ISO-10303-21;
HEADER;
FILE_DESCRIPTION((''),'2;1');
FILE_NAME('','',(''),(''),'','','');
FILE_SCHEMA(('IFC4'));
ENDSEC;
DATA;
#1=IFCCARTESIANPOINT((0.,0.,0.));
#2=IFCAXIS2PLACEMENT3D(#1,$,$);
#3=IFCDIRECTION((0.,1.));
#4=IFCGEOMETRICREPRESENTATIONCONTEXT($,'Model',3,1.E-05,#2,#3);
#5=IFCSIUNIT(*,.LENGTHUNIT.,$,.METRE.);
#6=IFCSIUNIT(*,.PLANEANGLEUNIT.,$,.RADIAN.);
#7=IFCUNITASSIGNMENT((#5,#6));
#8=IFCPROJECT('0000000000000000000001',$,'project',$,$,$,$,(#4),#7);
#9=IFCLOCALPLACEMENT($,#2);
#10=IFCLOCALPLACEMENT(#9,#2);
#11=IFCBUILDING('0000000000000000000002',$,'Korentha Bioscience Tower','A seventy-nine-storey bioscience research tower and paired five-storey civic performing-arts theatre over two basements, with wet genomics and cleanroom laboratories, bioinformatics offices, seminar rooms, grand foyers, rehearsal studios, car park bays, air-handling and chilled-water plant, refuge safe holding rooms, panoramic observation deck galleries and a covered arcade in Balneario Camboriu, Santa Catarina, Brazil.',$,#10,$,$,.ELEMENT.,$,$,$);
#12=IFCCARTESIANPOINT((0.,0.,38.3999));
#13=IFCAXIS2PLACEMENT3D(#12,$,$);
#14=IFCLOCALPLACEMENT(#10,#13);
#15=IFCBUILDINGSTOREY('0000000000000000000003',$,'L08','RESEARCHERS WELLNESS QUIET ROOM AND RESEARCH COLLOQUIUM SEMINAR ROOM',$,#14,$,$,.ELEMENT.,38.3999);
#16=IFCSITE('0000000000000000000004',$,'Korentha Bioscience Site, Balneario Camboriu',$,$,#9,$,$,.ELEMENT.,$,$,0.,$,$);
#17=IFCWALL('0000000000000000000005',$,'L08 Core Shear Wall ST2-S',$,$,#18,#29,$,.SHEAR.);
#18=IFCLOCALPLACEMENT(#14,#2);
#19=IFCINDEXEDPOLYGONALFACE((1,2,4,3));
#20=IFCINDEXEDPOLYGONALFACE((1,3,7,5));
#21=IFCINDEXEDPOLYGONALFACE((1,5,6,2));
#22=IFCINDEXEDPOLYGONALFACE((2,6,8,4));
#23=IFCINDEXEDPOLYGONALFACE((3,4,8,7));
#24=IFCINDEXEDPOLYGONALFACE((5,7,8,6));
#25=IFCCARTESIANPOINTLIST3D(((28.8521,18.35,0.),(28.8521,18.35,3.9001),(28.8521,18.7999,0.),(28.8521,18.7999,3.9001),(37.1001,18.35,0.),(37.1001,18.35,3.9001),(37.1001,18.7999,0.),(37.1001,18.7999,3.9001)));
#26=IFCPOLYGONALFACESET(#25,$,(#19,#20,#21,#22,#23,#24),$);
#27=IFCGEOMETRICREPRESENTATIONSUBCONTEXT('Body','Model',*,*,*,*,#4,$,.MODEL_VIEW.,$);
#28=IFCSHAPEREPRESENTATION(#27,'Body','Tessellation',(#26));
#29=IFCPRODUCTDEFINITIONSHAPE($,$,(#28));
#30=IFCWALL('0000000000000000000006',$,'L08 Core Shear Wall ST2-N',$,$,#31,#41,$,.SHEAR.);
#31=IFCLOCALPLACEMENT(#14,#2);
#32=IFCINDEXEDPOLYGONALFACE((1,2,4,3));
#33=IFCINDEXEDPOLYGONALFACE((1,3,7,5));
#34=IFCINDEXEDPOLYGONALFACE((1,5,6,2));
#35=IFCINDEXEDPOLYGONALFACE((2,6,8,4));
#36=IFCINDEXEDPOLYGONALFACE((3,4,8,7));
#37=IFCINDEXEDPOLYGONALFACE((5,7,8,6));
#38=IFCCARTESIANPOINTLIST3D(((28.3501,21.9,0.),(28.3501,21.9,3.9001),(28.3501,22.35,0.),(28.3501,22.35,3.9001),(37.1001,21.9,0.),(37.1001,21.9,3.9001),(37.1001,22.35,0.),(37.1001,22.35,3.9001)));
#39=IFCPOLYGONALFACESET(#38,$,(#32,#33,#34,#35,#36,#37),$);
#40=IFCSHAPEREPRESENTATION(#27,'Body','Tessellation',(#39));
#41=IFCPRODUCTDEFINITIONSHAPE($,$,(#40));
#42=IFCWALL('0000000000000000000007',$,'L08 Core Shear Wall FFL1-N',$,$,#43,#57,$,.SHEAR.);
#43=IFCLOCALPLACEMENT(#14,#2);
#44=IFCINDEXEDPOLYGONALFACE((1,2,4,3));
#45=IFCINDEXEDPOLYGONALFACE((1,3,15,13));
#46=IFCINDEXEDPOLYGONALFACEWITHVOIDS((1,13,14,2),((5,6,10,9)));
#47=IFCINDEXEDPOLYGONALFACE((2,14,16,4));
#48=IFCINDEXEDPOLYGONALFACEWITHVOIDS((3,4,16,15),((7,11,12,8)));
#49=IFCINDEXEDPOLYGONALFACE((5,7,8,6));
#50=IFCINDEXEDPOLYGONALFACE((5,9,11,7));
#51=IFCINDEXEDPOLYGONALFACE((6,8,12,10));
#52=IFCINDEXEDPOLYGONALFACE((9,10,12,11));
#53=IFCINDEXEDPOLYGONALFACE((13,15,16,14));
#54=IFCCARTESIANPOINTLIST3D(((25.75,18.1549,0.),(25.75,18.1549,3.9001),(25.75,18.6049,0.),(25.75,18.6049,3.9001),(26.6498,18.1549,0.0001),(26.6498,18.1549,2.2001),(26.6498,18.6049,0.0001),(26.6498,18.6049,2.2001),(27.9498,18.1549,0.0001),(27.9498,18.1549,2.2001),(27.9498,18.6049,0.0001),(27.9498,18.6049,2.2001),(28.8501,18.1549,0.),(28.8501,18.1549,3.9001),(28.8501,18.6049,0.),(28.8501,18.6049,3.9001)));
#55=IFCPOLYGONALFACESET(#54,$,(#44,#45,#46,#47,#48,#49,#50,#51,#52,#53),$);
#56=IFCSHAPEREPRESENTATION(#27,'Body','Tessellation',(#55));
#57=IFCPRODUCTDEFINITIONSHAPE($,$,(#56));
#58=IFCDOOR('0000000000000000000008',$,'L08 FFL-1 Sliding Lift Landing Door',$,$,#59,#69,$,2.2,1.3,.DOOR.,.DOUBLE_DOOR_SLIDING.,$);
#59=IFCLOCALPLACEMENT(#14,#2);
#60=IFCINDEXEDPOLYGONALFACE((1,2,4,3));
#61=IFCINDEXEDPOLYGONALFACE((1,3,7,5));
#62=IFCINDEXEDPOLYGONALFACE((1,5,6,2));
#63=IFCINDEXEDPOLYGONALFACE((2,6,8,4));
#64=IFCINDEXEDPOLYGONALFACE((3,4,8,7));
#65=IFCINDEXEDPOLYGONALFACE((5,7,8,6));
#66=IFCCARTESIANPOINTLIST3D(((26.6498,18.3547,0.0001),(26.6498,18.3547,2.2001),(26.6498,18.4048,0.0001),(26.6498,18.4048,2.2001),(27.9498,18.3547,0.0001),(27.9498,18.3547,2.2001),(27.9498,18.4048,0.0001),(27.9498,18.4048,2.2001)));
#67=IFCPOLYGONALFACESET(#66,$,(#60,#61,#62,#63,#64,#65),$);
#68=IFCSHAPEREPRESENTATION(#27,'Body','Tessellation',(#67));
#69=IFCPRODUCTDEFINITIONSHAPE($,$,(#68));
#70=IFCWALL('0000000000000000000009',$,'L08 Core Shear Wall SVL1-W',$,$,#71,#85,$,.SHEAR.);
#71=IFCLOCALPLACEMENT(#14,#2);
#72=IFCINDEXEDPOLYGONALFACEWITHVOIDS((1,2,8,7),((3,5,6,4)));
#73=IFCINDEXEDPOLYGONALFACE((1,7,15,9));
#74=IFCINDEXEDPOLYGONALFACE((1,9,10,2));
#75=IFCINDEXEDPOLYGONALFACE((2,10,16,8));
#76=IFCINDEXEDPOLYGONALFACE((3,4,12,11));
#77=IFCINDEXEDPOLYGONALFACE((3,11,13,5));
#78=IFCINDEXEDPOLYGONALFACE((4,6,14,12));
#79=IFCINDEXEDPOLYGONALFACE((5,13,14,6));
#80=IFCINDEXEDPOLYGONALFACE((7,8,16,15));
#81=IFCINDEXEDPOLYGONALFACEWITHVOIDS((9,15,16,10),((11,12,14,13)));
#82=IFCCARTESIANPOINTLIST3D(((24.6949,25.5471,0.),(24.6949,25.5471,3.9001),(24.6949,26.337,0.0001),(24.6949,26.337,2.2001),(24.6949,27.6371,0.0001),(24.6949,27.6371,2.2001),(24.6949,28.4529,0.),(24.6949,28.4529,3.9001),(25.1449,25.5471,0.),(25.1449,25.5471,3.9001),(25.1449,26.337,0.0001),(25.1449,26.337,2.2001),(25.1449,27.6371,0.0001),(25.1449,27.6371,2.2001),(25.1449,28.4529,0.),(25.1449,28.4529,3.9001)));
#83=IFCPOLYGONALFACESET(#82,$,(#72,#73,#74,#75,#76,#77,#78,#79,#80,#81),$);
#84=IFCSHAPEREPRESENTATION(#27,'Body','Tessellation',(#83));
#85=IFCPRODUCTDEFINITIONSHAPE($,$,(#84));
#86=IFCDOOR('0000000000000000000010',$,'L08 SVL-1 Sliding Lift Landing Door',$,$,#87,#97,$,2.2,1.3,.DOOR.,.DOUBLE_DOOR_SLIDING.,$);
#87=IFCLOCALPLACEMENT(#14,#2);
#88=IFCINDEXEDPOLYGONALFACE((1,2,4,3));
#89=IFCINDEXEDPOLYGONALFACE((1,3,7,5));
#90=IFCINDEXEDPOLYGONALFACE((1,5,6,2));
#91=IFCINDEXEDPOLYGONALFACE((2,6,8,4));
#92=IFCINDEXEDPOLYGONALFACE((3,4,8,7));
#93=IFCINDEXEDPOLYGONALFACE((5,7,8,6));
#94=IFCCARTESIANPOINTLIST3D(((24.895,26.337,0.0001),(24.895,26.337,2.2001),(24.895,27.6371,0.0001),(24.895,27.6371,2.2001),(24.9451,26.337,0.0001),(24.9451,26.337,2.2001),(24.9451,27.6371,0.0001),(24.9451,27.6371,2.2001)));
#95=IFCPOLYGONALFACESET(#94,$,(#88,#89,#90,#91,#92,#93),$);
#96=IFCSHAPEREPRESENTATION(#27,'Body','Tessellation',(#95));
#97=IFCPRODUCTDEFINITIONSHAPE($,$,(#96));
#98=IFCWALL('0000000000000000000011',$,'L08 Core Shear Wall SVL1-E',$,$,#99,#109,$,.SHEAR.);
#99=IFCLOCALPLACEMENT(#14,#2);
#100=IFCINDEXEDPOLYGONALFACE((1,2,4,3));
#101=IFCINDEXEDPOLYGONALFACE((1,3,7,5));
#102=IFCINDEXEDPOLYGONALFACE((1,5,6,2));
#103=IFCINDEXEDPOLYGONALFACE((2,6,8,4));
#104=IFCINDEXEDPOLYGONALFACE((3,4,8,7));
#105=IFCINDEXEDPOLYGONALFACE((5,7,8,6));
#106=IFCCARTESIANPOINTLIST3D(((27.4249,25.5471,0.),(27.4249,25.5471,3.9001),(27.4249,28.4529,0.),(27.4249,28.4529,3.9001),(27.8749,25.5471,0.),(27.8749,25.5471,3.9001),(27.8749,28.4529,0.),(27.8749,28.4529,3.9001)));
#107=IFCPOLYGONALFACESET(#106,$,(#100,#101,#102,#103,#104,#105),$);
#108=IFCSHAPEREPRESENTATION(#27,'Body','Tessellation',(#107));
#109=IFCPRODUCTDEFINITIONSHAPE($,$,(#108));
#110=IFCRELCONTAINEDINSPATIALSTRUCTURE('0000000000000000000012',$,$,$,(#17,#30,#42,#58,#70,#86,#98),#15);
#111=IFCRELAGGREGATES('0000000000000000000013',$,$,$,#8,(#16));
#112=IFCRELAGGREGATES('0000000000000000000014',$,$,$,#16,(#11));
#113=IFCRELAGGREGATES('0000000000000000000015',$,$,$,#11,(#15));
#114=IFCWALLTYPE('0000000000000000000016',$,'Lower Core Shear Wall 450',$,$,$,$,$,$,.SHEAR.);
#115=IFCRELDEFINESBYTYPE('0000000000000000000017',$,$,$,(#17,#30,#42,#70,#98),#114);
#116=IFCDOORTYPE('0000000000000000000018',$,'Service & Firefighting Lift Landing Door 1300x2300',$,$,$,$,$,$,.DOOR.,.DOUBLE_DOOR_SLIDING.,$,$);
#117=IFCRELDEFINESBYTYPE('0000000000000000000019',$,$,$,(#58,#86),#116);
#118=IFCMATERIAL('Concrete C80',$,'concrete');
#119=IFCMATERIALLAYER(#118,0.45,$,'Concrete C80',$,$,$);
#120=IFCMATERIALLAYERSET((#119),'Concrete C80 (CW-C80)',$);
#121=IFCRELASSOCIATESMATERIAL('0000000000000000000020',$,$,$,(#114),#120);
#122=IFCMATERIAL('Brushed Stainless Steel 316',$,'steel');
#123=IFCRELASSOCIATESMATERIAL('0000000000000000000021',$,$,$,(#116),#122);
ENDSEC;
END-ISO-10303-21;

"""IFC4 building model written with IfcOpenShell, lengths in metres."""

from ifc_helpers import new_model, si_unit, direction, frame, frame_2d, origin, place, context, subcontext, project, spatial, rectangle, extrude, material, layer, layer_set, type_object, element, fill, save


model = new_model("IFC4")

# Units and contexts
model_context = context("Model", 3, precision=1e-05, world=origin(), true_north=direction((0.0, 1.0)))
body_context = subcontext(model_context, "Body", "Model", "MODEL_VIEW")
ifc_project = project(units=[si_unit("LENGTHUNIT", "METRE"), si_unit("PLANEANGLEUNIT", "RADIAN")], contexts=[model_context])

# Site, building, storey
site_placement = place(None, origin())
site = spatial("IfcSite", under=ifc_project, at=site_placement, Name="Korentha Bioscience Site, Balneario Camboriu", CompositionType="ELEMENT", RefElevation=0.0)
building_placement = place(site_placement, origin())
building = spatial("IfcBuilding", under=site, at=building_placement, Name="Korentha Bioscience Tower", Description="A seventy-nine-storey bioscience research tower and paired five-storey civic performing-arts theatre over two basements, with wet genomics and cleanroom laboratories, bioinformatics offices, seminar rooms, grand foyers, rehearsal studios, car park bays, air-handling and chilled-water plant, refuge safe holding rooms, panoramic observation deck galleries and a covered arcade in Balneario Camboriu, Santa Catarina, Brazil.", CompositionType="ELEMENT")
storey_placement = place(building_placement, frame((0.0, 0.0, 38.3999)))
storey = spatial("IfcBuildingStorey", under=building, at=storey_placement, Name="L08", Description="RESEARCHERS WELLNESS QUIET ROOM AND RESEARCH COLLOQUIUM SEMINAR ROOM", CompositionType="ELEMENT", Elevation=38.3999)

# Walls
ifc_material_1 = material(Name="Concrete C80", Category="concrete")
ifc_layer_1 = layer(ifc_material_1, 0.45, Name="Concrete C80")
ifc_layer_set_1 = layer_set([ifc_layer_1], Name="Concrete C80 (CW-C80)")
wall_type_1 = type_object("IfcWallType", Name="Lower Core Shear Wall 450", PredefinedType="SHEAR", material=ifc_layer_set_1)
wall_1_placement = place(storey_placement, frame((28.8521, 18.575, 0.0), z_axis=(0.0, 0.0, 1.0), x_axis=(1.0, 0.0, 0.0)))
element("IfcWall", 1, at=wall_1_placement, inside=storey, type_object=wall_type_1, Name="L08 Core Shear Wall ST2-S", PredefinedType="SHEAR", context=body_context, shape_type="SweptSolid", body=[
    extrude(rectangle(XDim=8.248, YDim=0.45, at=frame_2d((4.124, 0.0))), origin(), (0.0, 0.0, 1.0), 3.9001),
])
wall_2_placement = place(storey_placement, frame((28.3501, 22.125, 0.0), z_axis=(0.0, 0.0, 1.0), x_axis=(1.0, 0.0, 0.0)))
element("IfcWall", 2, at=wall_2_placement, inside=storey, type_object=wall_type_1, Name="L08 Core Shear Wall ST2-N", PredefinedType="SHEAR", context=body_context, shape_type="SweptSolid", body=[
    extrude(rectangle(XDim=8.75, YDim=0.45, at=frame_2d((4.375, 0.0))), origin(), (0.0, 0.0, 1.0), 3.9001),
])

# Walls, openings, doors
wall_3_placement = place(storey_placement, frame((25.75, 18.3799, 0.0), z_axis=(0.0, 0.0, 1.0), x_axis=(1.0, 0.0, 0.0)))
wall_3 = element("IfcWall", 3, at=wall_3_placement, inside=storey, type_object=wall_type_1, Name="L08 Core Shear Wall FFL1-N", PredefinedType="SHEAR", context=body_context, shape_type="SweptSolid", body=[
    extrude(rectangle(XDim=3.1001, YDim=0.45, at=frame_2d((1.55, 0.0))), origin(), (0.0, 0.0, 1.0), 3.9001),
])
opening_1_placement = place(wall_3_placement, frame((0.8999, 0.0, 0.0)))
opening_1 = element("IfcOpeningElement", 4, at=opening_1_placement, cuts=wall_3, PredefinedType="OPENING", context=body_context, shape_type="SweptSolid", body=[
    extrude(rectangle(XDim=1.3, YDim=2.2, at=frame_2d((0.6499, 1.1001))), frame((0.0, 0.2397, 0.0), z_axis=(0.0, -1.0, 0.0), x_axis=(1.0, 0.0, 0.0)), (0.0, 0.0, 1.0), 0.4797),
])
ifc_material_2 = material(Name="Brushed Stainless Steel 316", Category="steel")
door_type_1 = type_object("IfcDoorType", Name="Service & Firefighting Lift Landing Door 1300x2300", OperationType="DOUBLE_DOOR_SLIDING", PredefinedType="DOOR", material=ifc_material_2)
door_1_placement = place(opening_1_placement, origin())
door_1 = element("IfcDoor", 5, at=door_1_placement, inside=storey, type_object=door_type_1, Name="L08 FFL-1 Sliding Lift Landing Door", OperationType="DOUBLE_DOOR_SLIDING", OverallHeight=2.2, OverallWidth=1.3, PredefinedType="DOOR", context=body_context, shape_type="SweptSolid", body=[
    extrude(rectangle(XDim=1.3, YDim=2.2, at=frame_2d((0.6499, 1.1001))), frame((0.0, 0.0249, 0.0), z_axis=(0.0, -1.0, 0.0), x_axis=(1.0, 0.0, 0.0)), (0.0, 0.0, 1.0), 0.05),
])
fill(opening_1, door_1)
wall_4_placement = place(storey_placement, frame((24.9199, 25.5471, 0.0), z_axis=(0.0, 0.0, 1.0), x_axis=(0.0, 1.0, 0.0)))
wall_4 = element("IfcWall", 6, at=wall_4_placement, inside=storey, type_object=wall_type_1, Name="L08 Core Shear Wall SVL1-W", PredefinedType="SHEAR", context=body_context, shape_type="SweptSolid", body=[
    extrude(rectangle(XDim=2.9058, YDim=0.45, at=frame_2d((1.4529, 0.0))), origin(), (0.0, 0.0, 1.0), 3.9001),
])
opening_2_placement = place(wall_4_placement, frame((0.79, 0.0, 0.0)))
opening_2 = element("IfcOpeningElement", 7, at=opening_2_placement, cuts=wall_4, PredefinedType="OPENING", context=body_context, shape_type="SweptSolid", body=[
    extrude(rectangle(XDim=1.3, YDim=2.2, at=frame_2d((0.6499, 1.1001))), frame((0.0, 0.2397, 0.0), z_axis=(0.0, -1.0, 0.0), x_axis=(1.0, 0.0, 0.0)), (0.0, 0.0, 1.0), 0.4797),
])
door_2_placement = place(opening_2_placement, origin())
door_2 = element("IfcDoor", 8, at=door_2_placement, inside=storey, type_object=door_type_1, Name="L08 SVL-1 Sliding Lift Landing Door", OperationType="DOUBLE_DOOR_SLIDING", OverallHeight=2.2, OverallWidth=1.3, PredefinedType="DOOR", context=body_context, shape_type="SweptSolid", body=[
    extrude(rectangle(XDim=1.3, YDim=2.2, at=frame_2d((0.6499, 1.1001))), frame((0.0, 0.0249, 0.0), z_axis=(0.0, -1.0, 0.0), x_axis=(1.0, 0.0, 0.0)), (0.0, 0.0, 1.0), 0.05),
])
fill(opening_2, door_2)

# Wall
wall_5_placement = place(storey_placement, frame((27.6499, 25.5471, 0.0), z_axis=(0.0, 0.0, 1.0), x_axis=(0.0, 1.0, 0.0)))
element("IfcWall", 9, at=wall_5_placement, inside=storey, type_object=wall_type_1, Name="L08 Core Shear Wall SVL1-E", PredefinedType="SHEAR", context=body_context, shape_type="SweptSolid", body=[
    extrude(rectangle(XDim=2.9058, YDim=0.45, at=frame_2d((1.4529, 0.0))), origin(), (0.0, 0.0, 1.0), 3.9001),
])

save(model, "model.ifc")
